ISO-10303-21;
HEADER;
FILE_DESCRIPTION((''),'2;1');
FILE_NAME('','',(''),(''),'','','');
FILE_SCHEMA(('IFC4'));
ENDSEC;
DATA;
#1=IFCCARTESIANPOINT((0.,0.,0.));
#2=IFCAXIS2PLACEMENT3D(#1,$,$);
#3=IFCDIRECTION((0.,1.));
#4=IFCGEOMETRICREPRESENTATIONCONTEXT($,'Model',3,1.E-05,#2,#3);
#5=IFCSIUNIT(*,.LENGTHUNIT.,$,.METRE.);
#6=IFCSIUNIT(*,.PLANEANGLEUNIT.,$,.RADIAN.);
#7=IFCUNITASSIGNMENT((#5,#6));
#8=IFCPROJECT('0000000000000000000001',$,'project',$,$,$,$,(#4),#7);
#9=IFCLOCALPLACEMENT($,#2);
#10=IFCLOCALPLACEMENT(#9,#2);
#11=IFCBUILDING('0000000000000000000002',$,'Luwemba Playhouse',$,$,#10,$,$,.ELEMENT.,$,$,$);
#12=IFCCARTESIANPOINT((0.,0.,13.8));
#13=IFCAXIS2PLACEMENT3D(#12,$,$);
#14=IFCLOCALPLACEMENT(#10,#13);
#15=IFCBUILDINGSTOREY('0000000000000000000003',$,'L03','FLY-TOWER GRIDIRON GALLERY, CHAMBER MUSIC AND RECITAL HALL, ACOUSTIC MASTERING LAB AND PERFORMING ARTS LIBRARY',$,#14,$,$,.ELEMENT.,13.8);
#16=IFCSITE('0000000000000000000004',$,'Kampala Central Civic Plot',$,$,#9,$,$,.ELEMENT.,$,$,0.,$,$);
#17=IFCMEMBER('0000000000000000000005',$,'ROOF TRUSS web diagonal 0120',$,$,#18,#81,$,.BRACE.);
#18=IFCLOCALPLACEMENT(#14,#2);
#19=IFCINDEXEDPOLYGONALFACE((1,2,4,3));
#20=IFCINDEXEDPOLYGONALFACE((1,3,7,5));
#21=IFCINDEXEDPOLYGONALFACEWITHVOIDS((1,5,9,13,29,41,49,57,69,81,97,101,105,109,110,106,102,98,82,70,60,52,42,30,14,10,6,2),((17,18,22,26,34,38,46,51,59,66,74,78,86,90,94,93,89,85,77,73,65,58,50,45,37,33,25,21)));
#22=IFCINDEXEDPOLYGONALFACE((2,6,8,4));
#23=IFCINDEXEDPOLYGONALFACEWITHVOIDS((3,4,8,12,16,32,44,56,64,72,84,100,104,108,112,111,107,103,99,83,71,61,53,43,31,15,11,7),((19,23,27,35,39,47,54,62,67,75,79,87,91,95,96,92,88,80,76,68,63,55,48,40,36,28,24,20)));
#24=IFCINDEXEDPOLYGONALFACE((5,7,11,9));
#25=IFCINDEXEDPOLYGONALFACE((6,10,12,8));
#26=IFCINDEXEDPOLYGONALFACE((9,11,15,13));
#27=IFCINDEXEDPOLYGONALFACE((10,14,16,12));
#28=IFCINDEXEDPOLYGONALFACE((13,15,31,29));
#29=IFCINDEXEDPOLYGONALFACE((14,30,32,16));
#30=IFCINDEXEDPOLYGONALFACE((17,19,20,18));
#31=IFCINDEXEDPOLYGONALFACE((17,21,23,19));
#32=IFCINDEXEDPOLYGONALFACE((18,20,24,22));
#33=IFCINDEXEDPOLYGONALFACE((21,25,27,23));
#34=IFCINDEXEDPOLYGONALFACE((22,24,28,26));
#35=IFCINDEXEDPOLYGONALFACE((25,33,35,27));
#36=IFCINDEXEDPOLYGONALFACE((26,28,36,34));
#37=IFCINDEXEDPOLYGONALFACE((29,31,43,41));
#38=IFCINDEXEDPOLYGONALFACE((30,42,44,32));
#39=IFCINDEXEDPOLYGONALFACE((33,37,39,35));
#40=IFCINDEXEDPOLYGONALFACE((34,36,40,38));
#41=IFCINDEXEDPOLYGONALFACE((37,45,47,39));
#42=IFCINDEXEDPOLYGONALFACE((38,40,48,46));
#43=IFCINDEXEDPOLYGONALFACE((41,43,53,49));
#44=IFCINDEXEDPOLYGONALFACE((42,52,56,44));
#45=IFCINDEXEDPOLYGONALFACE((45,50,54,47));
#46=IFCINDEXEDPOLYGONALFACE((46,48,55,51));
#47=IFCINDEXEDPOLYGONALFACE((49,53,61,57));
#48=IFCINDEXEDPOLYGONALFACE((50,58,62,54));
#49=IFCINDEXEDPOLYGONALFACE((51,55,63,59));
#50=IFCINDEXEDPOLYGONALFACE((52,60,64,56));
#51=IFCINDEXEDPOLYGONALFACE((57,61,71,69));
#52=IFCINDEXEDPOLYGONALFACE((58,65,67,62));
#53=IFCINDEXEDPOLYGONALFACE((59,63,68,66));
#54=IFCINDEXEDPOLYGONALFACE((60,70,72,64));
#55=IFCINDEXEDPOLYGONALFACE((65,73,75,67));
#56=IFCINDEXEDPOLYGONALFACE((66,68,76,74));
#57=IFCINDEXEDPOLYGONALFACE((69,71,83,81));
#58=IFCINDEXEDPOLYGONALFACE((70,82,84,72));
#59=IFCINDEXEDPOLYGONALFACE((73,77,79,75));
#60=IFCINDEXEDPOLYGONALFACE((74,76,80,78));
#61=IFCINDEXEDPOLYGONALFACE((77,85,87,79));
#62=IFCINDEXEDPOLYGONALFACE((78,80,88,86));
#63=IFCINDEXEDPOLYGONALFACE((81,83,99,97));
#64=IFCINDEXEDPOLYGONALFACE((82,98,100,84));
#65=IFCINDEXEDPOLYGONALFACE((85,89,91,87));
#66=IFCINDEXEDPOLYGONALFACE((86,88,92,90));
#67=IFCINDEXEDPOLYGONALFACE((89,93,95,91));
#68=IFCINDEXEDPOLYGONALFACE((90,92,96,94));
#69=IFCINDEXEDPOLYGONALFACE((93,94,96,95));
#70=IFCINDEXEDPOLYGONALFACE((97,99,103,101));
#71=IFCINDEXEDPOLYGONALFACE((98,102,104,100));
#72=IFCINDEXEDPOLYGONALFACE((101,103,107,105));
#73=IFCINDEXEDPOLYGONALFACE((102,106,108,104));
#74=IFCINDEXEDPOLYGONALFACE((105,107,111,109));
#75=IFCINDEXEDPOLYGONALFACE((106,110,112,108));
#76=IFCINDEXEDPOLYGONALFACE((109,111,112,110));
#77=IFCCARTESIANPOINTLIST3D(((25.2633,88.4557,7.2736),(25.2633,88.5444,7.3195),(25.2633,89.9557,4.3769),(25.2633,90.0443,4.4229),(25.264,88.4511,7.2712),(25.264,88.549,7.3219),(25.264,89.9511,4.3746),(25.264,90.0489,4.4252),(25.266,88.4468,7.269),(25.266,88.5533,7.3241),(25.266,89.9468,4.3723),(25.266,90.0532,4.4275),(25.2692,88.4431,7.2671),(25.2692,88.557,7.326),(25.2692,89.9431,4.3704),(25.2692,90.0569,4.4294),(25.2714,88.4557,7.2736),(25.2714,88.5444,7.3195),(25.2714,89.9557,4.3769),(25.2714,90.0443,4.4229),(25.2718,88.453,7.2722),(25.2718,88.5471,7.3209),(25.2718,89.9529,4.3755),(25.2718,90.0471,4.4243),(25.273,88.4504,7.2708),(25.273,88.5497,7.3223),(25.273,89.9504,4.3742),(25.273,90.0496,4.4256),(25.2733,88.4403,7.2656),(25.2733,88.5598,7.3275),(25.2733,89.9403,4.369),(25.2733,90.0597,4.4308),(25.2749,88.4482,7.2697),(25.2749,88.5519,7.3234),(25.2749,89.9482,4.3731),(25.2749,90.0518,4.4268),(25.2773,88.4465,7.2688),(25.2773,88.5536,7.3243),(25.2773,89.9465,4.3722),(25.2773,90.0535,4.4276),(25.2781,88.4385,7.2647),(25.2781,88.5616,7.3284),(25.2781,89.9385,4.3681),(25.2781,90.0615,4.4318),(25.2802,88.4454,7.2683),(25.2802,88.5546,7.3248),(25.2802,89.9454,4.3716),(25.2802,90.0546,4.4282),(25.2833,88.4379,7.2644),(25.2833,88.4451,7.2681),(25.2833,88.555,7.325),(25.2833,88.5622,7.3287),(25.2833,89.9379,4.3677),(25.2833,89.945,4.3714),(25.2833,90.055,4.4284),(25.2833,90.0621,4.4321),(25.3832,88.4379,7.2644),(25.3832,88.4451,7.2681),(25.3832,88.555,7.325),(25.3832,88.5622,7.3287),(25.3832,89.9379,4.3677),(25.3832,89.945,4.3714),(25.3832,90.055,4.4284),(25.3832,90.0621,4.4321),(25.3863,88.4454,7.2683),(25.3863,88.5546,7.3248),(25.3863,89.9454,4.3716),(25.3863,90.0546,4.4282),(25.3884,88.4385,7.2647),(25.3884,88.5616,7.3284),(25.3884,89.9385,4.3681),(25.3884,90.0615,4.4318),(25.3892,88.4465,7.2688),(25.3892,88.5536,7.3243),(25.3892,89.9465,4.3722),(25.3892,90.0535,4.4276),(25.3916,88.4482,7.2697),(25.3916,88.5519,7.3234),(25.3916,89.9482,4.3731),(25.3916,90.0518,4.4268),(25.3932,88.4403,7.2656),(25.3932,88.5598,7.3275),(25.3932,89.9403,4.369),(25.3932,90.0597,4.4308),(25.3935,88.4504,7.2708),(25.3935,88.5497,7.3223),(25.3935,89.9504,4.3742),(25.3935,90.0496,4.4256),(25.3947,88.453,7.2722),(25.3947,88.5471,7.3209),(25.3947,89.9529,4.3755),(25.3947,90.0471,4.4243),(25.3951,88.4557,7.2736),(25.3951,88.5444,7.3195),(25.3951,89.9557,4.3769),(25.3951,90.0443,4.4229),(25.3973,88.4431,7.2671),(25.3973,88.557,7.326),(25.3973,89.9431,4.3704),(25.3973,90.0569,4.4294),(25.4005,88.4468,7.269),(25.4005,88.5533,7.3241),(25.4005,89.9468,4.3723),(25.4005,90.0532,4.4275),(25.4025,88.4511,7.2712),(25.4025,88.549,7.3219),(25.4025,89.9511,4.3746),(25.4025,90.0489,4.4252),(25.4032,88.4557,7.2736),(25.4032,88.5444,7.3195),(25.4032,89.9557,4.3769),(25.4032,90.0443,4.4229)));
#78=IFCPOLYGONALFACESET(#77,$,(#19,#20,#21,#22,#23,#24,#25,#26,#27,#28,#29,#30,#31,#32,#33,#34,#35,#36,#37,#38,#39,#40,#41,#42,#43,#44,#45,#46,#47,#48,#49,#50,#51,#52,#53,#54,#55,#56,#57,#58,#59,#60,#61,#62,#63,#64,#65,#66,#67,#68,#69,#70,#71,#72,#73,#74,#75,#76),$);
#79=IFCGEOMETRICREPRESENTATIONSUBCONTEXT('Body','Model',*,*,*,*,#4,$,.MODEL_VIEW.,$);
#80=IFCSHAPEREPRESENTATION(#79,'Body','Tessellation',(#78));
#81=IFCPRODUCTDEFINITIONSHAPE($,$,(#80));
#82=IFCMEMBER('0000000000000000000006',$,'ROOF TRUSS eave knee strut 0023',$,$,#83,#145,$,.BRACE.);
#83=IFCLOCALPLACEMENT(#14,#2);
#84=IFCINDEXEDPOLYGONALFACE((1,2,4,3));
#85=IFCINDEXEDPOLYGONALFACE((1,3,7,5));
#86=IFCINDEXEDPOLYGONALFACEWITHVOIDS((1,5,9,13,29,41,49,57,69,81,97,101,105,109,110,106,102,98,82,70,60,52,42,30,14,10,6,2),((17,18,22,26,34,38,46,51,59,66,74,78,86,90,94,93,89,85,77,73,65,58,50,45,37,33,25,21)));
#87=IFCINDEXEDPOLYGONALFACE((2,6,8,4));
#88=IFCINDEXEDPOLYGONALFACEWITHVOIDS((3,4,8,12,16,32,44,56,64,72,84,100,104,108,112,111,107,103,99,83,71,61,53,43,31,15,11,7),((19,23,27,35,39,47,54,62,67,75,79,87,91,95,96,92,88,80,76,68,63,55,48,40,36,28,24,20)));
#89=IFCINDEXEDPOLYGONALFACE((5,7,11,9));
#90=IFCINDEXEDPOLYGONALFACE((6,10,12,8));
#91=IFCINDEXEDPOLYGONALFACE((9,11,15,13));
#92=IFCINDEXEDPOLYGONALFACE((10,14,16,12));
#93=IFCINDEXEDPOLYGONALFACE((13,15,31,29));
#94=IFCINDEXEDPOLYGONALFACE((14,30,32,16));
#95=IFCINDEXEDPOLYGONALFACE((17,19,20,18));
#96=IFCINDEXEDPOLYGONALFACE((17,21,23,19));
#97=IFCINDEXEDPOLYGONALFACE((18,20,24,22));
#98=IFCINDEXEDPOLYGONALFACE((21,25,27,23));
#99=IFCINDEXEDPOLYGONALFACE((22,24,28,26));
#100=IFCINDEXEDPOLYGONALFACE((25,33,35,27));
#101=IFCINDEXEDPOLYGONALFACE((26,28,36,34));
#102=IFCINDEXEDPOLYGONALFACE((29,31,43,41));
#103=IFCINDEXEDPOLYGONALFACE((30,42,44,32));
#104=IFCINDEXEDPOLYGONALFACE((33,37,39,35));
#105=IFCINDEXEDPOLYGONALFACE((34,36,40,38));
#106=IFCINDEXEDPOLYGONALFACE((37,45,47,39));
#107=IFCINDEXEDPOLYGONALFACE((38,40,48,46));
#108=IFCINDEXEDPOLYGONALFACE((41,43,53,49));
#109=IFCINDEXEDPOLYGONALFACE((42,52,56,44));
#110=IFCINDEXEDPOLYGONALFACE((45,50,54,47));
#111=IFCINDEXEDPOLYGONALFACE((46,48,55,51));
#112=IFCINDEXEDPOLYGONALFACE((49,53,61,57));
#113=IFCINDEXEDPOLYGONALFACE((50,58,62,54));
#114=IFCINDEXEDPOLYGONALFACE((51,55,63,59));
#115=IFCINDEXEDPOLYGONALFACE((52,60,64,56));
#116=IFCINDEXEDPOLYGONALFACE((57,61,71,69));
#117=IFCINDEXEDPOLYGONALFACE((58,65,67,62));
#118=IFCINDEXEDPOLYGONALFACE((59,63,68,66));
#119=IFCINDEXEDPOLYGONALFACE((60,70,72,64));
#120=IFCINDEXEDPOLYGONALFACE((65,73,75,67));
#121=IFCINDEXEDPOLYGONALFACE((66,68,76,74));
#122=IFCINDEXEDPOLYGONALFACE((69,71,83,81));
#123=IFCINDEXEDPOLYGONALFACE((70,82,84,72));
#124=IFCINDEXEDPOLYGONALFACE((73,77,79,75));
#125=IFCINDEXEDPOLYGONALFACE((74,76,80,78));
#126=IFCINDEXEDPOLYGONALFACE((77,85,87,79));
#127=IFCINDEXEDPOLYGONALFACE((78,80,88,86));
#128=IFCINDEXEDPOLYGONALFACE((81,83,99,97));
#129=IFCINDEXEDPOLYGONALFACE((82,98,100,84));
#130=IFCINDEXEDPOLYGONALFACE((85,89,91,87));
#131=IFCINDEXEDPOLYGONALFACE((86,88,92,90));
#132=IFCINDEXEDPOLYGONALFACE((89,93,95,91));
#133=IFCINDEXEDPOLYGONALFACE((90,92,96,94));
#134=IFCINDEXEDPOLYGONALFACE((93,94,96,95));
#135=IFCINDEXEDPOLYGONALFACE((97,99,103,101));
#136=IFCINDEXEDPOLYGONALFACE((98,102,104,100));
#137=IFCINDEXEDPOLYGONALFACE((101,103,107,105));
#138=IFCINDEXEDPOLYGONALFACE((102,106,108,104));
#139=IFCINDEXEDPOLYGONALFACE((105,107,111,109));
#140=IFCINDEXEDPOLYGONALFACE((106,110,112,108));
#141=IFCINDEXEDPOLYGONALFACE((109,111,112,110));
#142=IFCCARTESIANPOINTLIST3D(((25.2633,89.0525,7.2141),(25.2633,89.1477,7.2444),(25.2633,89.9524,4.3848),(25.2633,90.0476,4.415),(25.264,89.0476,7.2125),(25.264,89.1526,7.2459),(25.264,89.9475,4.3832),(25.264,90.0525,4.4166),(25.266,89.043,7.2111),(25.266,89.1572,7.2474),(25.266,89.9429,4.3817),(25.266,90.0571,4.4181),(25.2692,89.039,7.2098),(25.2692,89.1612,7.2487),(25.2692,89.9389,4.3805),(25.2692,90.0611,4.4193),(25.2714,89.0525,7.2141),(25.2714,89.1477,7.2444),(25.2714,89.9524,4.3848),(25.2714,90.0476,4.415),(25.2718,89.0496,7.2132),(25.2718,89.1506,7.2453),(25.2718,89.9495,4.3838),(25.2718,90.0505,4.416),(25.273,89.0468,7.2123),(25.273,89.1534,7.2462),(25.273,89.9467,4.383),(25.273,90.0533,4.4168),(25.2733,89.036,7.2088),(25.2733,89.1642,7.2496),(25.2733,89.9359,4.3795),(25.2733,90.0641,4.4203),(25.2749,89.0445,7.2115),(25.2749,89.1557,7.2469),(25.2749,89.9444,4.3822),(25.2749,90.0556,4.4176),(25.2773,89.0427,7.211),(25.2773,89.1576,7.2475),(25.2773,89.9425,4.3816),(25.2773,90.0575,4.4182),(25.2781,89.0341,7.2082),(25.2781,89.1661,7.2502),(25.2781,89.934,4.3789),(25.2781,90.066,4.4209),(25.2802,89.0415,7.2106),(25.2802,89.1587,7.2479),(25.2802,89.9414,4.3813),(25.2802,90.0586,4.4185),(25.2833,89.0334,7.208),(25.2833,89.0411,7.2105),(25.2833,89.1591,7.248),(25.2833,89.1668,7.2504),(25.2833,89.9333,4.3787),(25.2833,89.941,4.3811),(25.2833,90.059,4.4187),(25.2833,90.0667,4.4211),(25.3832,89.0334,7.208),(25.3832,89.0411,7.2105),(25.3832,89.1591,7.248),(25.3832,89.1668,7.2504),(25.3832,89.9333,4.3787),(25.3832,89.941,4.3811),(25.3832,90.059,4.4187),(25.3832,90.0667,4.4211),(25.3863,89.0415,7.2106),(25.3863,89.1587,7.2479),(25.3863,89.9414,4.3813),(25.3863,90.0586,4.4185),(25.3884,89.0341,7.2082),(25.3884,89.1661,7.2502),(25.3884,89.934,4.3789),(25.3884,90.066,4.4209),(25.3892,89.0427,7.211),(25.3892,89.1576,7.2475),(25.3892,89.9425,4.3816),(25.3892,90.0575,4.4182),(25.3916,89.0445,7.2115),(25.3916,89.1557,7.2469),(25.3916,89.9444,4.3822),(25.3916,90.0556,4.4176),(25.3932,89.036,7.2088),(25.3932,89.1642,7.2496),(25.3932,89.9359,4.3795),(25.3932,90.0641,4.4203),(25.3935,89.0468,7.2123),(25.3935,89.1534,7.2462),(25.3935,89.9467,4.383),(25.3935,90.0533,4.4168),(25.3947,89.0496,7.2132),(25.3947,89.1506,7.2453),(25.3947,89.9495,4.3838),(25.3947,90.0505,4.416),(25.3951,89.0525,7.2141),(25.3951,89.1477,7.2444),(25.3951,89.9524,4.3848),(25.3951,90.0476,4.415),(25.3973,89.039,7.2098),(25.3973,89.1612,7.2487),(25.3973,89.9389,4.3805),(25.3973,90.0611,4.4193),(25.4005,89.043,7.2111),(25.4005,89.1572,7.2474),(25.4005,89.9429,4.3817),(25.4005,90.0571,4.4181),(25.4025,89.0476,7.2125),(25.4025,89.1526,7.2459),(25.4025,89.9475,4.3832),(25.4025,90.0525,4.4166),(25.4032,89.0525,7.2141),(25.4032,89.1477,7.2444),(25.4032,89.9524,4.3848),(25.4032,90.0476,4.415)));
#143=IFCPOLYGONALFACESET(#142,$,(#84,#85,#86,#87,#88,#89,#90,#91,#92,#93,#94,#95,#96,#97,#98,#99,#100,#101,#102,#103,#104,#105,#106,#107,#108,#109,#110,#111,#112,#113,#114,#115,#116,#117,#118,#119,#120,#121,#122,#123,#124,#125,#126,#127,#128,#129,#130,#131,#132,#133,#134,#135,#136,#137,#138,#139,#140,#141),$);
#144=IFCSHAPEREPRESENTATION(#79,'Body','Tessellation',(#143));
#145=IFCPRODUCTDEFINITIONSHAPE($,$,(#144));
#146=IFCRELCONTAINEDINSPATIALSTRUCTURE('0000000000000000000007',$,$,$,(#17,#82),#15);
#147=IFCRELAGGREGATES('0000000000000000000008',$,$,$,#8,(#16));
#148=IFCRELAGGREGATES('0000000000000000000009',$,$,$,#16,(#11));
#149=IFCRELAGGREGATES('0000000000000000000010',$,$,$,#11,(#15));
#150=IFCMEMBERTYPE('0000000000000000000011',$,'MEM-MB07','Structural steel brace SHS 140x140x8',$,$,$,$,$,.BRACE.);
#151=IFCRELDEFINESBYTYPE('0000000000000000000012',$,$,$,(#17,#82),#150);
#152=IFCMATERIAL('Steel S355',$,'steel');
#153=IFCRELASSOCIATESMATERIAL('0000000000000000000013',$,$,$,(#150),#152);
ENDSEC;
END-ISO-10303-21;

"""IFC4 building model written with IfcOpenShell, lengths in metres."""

from ifc_helpers import new_model, si_unit, direction, frame, origin, origin_2d, place, context, subcontext, project, spatial, hollow_rectangle, extrude, material, material_profile, profile_set, type_object, element, save


model = new_model("IFC4")

# Units and contexts
model_context = context("Model", 3, precision=1e-05, world=origin(), true_north=direction((0.0, 1.0)))
body_context = subcontext(model_context, "Body", "Model", "MODEL_VIEW")
ifc_project = project(units=[si_unit("LENGTHUNIT", "METRE"), si_unit("PLANEANGLEUNIT", "RADIAN")], contexts=[model_context])

# Site, building, storey
site_placement = place(None, origin())
site = spatial("IfcSite", under=ifc_project, at=site_placement, Name="Kampala Central Civic Plot", CompositionType="ELEMENT", RefElevation=0.0)
building_placement = place(site_placement, origin())
building = spatial("IfcBuilding", under=site, at=building_placement, Name="Luwemba Playhouse", CompositionType="ELEMENT")
storey_placement = place(building_placement, frame((0.0, 0.0, 13.8)))
storey = spatial("IfcBuildingStorey", under=building, at=storey_placement, Name="L03", Description="FLY-TOWER GRIDIRON GALLERY, CHAMBER MUSIC AND RECITAL HALL, ACOUSTIC MASTERING LAB AND PERFORMING ARTS LIBRARY", CompositionType="ELEMENT", Elevation=13.8)

# Shared definitions
ifc_material_1 = material(Name="Steel S355", Category="steel")

# Members
ifc_material_profile_1 = material_profile(ifc_material_1, hollow_rectangle(XDim=0.1399, YDim=0.1399, WallThickness=0.0081, InnerFilletRadius=0.012, OuterFilletRadius=0.02, at=origin_2d()))
ifc_profile_set_1 = profile_set([ifc_material_profile_1], Name="Steel S355")
member_type_1 = type_object("IfcMemberType", Name="MEM-MB07", Description="Structural steel brace SHS 140x140x8", PredefinedType="BRACE", material=ifc_profile_set_1)
member_1_placement = place(storey_placement, frame((25.3333, 90.0, 4.3999), z_axis=(0.0, -0.459832, 0.888006), x_axis=(1.0, 0.0, 0.0)))
element("IfcMember", 1, at=member_1_placement, inside=storey, type_object=member_type_1, Name="ROOF TRUSS web diagonal 0120", PredefinedType="BRACE", context=body_context, shape_type="SweptSolid", body=[
    extrude(hollow_rectangle(XDim=0.1399, YDim=0.1399, WallThickness=0.0081, InnerFilletRadius=0.012, OuterFilletRadius=0.02, at=origin_2d()), origin(), (0.0, 0.0, 1.0), 3.262),
])
member_2_placement = place(storey_placement, frame((25.3333, 90.0, 4.3999), z_axis=(0.0, -0.303098, 0.952959), x_axis=(1.0, 0.0, 0.0)))
element("IfcMember", 2, at=member_2_placement, inside=storey, type_object=member_type_1, Name="ROOF TRUSS eave knee strut 0023", PredefinedType="BRACE", context=body_context, shape_type="SweptSolid", body=[
    extrude(hollow_rectangle(XDim=0.1399, YDim=0.1399, WallThickness=0.0081, InnerFilletRadius=0.012, OuterFilletRadius=0.02, at=origin_2d()), origin(), (0.0, 0.0, 1.0), 2.969),
])

save(model, "model.ifc")
